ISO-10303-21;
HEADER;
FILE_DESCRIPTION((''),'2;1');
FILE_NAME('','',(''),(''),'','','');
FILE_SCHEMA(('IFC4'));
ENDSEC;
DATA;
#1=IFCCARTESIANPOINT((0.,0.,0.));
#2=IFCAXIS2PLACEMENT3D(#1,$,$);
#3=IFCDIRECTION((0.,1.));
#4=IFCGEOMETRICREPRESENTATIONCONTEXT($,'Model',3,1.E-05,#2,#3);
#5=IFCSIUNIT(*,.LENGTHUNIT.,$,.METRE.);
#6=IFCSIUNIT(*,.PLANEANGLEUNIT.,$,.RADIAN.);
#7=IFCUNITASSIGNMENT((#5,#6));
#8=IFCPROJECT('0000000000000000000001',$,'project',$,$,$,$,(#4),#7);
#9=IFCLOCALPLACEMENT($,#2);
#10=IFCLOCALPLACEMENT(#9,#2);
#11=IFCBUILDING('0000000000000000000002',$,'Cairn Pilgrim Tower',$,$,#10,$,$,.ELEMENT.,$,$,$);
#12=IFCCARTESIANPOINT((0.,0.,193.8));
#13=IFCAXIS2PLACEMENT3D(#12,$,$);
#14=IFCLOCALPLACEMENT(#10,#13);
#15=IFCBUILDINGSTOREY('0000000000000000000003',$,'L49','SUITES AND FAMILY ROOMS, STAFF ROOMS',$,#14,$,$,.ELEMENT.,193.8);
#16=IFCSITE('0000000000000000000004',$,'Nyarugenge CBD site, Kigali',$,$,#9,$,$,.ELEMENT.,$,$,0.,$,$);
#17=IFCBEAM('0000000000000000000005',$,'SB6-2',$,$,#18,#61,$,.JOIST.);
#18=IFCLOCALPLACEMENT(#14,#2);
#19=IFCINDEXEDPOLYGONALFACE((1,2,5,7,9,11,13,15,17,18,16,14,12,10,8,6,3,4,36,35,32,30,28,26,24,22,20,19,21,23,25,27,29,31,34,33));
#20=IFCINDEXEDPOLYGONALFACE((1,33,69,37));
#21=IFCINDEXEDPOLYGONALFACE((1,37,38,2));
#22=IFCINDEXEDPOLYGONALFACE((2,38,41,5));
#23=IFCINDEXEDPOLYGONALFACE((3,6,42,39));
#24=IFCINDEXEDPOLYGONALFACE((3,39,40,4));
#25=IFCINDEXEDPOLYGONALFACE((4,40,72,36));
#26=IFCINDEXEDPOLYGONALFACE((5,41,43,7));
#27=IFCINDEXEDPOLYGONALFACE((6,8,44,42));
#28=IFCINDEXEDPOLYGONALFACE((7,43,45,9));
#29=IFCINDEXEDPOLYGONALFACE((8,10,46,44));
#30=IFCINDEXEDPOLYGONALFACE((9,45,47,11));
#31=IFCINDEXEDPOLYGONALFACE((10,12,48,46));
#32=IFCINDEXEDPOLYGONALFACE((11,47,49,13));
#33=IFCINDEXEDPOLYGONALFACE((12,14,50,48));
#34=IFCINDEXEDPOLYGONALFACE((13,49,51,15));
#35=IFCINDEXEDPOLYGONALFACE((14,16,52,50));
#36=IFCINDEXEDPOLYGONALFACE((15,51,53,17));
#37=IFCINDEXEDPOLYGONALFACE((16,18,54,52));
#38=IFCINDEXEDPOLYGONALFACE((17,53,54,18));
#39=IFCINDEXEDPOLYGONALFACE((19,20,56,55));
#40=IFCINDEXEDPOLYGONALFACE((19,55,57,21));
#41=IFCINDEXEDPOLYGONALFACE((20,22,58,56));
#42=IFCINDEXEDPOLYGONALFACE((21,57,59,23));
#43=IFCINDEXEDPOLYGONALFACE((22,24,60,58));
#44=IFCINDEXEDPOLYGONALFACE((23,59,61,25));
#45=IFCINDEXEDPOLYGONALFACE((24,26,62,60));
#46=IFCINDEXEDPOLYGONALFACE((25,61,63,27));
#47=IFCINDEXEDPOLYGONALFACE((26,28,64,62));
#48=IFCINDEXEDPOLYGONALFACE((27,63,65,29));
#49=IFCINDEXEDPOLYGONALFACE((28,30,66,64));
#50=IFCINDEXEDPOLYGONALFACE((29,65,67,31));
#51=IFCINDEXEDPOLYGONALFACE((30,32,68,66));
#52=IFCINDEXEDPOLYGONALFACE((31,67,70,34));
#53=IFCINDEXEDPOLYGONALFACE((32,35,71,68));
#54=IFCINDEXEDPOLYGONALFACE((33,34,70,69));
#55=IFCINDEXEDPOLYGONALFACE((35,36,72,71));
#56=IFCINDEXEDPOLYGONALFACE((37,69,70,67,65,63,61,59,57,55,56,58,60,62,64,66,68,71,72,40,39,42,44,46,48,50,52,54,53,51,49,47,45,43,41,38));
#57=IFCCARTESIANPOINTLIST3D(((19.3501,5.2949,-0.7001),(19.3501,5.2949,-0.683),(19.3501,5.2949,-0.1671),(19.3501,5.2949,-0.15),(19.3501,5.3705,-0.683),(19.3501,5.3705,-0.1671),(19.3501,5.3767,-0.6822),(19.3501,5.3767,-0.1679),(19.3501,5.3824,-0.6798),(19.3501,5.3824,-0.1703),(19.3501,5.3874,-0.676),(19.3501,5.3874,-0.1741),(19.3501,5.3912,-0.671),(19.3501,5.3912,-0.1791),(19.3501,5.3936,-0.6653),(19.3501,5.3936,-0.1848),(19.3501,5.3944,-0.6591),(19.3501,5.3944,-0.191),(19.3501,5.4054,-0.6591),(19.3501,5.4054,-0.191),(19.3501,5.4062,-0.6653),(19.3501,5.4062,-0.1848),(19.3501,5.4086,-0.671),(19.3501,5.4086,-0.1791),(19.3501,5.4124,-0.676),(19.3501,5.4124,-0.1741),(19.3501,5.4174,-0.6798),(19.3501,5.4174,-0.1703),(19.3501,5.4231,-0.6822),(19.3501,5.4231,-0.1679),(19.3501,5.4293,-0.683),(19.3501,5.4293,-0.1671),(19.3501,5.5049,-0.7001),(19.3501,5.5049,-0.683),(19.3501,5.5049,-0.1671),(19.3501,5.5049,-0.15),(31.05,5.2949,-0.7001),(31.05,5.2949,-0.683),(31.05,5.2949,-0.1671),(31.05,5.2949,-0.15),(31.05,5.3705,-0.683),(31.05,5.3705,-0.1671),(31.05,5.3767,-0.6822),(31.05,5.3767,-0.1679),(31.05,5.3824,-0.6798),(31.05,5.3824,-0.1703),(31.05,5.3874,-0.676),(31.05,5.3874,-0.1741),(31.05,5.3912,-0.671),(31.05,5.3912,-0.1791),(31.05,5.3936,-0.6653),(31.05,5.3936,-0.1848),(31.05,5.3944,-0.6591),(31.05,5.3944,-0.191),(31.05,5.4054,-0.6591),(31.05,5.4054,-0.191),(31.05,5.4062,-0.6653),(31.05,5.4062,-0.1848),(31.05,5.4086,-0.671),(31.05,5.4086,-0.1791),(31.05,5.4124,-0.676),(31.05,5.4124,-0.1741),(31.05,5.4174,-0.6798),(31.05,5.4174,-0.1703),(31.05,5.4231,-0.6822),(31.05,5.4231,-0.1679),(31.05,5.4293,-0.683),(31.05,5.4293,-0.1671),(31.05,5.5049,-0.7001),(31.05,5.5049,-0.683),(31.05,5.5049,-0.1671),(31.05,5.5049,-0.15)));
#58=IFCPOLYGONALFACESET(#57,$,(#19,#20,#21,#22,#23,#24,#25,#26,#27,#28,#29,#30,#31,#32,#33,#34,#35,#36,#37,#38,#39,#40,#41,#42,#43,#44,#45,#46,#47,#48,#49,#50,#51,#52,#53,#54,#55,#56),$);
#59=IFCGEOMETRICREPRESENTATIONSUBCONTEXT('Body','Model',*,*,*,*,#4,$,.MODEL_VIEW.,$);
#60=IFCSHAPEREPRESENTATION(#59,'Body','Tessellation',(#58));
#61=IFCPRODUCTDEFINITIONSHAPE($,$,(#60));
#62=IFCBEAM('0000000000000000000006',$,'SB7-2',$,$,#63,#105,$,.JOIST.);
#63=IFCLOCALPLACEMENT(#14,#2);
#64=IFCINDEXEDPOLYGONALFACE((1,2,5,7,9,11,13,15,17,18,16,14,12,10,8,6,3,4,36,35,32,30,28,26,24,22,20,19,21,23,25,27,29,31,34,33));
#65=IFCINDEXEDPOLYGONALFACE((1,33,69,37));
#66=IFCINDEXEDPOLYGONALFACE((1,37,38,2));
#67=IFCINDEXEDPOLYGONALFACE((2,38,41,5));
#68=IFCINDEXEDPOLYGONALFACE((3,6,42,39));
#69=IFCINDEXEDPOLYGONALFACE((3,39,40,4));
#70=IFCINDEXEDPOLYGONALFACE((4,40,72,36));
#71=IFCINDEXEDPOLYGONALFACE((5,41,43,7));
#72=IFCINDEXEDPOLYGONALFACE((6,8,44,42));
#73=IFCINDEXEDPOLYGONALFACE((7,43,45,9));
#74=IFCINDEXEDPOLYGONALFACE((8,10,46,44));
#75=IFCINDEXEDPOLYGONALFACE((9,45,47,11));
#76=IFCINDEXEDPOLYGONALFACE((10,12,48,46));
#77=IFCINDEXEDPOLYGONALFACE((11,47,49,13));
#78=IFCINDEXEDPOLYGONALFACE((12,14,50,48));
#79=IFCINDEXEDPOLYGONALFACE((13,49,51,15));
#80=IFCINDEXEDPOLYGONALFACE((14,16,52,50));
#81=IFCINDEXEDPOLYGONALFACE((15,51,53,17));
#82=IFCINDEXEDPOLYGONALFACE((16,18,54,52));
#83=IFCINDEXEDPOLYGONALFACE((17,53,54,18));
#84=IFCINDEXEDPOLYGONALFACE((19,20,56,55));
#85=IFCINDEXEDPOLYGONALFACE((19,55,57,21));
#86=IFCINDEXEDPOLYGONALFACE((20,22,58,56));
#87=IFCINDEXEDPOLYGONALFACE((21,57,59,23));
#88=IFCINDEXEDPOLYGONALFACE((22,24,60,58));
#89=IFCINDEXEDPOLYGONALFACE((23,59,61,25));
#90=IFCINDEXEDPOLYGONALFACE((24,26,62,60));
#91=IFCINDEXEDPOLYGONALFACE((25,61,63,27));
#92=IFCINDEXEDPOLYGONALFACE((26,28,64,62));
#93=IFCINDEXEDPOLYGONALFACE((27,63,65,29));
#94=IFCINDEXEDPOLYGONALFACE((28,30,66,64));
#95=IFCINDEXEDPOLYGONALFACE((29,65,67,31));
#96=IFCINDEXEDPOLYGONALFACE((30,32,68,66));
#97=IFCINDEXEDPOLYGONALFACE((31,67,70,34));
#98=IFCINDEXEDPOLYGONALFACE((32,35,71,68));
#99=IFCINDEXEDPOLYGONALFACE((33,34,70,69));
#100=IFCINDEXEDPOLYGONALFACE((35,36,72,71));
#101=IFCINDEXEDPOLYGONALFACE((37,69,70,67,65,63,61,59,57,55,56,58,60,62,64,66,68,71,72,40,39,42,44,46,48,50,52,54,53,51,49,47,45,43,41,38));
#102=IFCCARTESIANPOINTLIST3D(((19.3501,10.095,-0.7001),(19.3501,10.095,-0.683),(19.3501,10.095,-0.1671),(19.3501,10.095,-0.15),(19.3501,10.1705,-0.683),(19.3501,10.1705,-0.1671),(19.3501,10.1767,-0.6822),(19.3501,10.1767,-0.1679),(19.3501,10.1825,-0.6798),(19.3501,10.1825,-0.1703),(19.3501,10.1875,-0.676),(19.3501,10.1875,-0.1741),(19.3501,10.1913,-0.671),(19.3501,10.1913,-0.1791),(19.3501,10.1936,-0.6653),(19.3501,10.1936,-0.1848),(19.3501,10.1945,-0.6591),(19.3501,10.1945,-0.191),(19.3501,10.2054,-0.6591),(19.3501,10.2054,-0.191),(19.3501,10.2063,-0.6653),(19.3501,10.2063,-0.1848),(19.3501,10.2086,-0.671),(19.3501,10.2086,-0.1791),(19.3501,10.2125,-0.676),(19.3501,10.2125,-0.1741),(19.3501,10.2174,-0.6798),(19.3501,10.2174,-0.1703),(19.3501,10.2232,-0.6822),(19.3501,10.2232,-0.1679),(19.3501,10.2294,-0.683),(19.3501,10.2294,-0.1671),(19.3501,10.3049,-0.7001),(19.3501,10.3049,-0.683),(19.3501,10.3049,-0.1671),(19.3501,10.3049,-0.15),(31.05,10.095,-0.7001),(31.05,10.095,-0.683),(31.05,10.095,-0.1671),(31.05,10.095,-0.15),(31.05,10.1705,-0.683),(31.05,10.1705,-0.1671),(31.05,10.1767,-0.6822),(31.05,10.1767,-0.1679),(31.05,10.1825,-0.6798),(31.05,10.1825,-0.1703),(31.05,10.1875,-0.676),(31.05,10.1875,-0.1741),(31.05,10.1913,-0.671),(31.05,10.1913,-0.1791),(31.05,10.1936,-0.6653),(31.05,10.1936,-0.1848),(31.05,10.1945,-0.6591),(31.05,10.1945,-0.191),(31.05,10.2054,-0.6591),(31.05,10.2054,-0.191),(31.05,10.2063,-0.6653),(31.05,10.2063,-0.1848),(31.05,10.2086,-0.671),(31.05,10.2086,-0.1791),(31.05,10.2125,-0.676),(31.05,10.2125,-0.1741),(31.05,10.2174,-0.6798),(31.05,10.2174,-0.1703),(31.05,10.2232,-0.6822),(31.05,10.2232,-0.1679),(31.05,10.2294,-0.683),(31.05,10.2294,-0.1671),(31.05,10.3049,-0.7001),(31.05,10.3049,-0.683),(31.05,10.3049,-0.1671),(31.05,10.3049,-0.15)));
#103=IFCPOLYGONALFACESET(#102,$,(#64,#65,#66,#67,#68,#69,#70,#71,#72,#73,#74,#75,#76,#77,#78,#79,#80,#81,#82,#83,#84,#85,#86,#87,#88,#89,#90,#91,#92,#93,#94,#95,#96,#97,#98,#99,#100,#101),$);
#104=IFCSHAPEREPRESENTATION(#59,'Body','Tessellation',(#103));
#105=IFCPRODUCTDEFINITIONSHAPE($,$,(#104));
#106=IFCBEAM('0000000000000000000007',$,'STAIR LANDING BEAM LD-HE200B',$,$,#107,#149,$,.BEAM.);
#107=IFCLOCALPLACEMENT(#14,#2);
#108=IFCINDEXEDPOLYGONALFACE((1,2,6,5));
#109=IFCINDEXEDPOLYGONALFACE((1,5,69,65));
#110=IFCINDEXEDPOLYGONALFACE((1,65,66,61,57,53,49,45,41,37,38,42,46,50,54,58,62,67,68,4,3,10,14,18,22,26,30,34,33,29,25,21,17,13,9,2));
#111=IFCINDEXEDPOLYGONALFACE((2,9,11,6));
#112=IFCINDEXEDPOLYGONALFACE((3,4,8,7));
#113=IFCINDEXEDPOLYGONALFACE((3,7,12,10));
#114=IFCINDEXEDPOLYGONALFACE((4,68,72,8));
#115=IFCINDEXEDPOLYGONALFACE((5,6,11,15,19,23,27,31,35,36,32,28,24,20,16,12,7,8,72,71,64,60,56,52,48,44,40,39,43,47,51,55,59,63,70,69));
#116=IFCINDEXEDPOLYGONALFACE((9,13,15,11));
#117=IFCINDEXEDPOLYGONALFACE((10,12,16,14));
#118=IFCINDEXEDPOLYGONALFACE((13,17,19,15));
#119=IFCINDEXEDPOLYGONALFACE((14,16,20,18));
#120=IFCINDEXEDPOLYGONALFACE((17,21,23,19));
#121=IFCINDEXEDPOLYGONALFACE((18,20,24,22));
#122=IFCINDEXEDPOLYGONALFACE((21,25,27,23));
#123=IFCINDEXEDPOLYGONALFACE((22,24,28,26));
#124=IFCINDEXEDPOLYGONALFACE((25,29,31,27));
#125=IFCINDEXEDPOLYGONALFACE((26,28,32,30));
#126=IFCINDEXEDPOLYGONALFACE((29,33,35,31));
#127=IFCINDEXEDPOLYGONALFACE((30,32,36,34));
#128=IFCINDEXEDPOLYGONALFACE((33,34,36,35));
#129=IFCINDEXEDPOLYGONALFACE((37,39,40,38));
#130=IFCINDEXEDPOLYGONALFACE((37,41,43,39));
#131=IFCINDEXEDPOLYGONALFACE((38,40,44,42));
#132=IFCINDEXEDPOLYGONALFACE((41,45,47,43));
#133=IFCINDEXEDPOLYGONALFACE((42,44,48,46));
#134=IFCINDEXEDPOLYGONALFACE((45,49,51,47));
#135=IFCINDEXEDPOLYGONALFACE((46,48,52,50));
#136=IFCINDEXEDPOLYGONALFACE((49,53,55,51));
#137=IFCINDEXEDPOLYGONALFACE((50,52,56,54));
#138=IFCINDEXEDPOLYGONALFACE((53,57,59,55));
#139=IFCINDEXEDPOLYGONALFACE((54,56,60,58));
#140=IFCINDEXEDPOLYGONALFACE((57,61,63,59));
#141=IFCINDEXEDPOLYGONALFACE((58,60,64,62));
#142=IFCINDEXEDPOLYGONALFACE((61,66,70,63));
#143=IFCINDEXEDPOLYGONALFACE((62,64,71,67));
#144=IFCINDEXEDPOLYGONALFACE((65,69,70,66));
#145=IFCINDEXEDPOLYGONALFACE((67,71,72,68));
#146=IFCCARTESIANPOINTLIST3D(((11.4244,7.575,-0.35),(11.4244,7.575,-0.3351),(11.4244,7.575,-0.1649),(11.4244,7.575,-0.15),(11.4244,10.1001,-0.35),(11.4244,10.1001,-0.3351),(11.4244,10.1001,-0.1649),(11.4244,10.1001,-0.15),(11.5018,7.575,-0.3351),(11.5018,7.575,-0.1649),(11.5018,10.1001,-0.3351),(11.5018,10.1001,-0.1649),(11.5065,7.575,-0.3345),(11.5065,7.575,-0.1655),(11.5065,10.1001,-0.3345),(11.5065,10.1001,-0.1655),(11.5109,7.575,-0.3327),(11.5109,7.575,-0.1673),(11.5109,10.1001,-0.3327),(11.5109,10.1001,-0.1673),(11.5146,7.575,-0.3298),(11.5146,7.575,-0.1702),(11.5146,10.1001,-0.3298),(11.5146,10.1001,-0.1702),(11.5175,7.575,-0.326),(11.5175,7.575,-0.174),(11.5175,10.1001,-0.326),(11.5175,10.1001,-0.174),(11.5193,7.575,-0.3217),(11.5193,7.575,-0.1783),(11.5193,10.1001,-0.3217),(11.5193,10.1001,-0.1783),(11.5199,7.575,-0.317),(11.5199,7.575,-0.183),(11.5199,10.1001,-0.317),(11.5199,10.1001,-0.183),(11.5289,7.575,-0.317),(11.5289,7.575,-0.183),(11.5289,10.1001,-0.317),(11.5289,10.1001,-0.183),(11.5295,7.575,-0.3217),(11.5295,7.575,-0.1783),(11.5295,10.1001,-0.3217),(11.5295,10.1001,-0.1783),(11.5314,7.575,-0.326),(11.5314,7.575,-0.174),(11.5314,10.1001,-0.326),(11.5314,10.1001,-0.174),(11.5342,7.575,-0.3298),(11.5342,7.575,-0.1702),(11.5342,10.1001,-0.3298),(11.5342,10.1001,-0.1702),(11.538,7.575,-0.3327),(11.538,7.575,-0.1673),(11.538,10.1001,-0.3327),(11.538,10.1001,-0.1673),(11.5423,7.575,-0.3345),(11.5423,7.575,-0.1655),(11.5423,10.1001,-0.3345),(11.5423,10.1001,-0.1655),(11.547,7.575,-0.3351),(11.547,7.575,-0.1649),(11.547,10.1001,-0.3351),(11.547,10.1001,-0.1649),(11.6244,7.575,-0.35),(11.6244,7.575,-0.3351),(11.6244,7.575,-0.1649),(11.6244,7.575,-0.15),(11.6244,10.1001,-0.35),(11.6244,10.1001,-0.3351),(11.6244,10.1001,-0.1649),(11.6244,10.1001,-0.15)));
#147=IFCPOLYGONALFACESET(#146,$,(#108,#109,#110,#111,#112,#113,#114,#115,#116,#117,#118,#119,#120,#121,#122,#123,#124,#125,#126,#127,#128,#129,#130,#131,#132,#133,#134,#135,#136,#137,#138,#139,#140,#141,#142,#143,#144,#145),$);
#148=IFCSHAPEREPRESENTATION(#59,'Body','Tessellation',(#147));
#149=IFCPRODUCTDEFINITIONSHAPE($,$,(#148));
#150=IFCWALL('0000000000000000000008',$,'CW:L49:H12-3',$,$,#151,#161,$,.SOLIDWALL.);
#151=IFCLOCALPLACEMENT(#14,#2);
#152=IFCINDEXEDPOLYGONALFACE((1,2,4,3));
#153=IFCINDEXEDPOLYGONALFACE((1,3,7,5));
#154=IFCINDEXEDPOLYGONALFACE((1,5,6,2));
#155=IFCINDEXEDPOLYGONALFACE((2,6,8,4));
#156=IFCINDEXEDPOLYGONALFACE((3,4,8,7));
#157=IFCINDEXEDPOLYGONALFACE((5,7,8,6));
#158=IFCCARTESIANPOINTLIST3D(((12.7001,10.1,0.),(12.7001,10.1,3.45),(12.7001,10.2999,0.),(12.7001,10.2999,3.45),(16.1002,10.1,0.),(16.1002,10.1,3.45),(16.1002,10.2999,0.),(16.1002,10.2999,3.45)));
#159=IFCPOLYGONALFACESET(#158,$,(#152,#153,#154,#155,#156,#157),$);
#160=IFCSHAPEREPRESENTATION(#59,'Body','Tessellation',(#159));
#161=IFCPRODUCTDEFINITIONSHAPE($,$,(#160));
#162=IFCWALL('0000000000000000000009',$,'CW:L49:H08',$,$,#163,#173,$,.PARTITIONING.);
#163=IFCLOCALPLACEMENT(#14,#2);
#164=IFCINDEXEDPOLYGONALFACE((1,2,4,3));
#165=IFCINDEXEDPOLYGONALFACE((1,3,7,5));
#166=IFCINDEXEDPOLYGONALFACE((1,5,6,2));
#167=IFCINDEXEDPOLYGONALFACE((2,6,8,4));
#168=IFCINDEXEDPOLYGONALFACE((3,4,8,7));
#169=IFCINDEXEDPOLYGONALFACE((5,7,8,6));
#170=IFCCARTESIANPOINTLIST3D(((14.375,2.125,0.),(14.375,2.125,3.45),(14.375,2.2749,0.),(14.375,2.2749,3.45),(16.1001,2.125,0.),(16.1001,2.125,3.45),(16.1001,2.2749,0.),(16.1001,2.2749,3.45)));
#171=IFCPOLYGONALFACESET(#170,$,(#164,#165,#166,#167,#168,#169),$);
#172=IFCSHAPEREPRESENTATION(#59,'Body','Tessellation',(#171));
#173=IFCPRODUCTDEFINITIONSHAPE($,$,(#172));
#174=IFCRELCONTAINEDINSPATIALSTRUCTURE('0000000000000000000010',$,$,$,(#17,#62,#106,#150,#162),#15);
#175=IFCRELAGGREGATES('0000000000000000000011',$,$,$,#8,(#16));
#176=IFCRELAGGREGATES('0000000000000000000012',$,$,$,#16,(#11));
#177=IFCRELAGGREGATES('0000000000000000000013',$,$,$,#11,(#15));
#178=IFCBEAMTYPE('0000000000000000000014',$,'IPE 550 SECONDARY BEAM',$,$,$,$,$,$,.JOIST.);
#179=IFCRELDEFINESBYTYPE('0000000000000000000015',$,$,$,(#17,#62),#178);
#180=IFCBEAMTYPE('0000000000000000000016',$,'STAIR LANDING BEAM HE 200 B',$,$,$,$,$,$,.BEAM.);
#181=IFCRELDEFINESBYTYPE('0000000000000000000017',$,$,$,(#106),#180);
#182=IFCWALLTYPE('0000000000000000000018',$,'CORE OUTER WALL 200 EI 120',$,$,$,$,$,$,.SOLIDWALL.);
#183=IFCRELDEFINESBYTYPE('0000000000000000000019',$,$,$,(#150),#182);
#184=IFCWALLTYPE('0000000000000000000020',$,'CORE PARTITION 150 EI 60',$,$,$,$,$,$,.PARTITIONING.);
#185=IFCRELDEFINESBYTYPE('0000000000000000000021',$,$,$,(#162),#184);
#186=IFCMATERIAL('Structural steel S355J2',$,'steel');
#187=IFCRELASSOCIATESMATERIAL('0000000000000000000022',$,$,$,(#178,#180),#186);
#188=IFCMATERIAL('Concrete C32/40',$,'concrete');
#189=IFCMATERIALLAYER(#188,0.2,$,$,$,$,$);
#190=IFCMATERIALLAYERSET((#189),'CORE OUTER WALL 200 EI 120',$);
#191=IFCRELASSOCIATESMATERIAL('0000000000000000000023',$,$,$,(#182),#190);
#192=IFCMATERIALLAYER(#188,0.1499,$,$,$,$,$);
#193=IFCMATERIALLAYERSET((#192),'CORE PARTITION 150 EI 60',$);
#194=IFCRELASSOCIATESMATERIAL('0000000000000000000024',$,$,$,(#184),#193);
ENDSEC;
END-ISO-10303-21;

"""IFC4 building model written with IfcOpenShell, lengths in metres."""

from ifc_helpers import new_model, si_unit, direction, frame, frame_2d, origin, origin_2d, place, context, subcontext, project, spatial, rectangle, i_section, extrude, material, layer, layer_set, material_profile, profile_set, type_object, element, save


model = new_model("IFC4")

# Units and contexts
model_context = context("Model", 3, precision=1e-05, world=origin(), true_north=direction((0.0, 1.0)))
body_context = subcontext(model_context, "Body", "Model", "MODEL_VIEW")
ifc_project = project(units=[si_unit("LENGTHUNIT", "METRE"), si_unit("PLANEANGLEUNIT", "RADIAN")], contexts=[model_context])

# Site, building, storey
site_placement = place(None, origin())
site = spatial("IfcSite", under=ifc_project, at=site_placement, Name="Nyarugenge CBD site, Kigali", CompositionType="ELEMENT", RefElevation=0.0)
building_placement = place(site_placement, origin())
building = spatial("IfcBuilding", under=site, at=building_placement, Name="Cairn Pilgrim Tower", CompositionType="ELEMENT")
storey_placement = place(building_placement, frame((0.0, 0.0, 193.8)))
storey = spatial("IfcBuildingStorey", under=building, at=storey_placement, Name="L49", Description="SUITES AND FAMILY ROOMS, STAFF ROOMS", CompositionType="ELEMENT", Elevation=193.8)

# Shared definitions
ifc_material_1 = material(Name="Structural steel S355J2", Category="steel")

# Beams
ifc_material_profile_1 = material_profile(ifc_material_1, i_section(OverallWidth=0.21, OverallDepth=0.55, WebThickness=0.011, FlangeThickness=0.0171, FilletRadius=0.0239, at=origin_2d()), Name="IPE 550")
ifc_profile_set_1 = profile_set([ifc_material_profile_1], Name="Structural steel S355J2")
beam_type_1 = type_object("IfcBeamType", Name="IPE 550 SECONDARY BEAM", PredefinedType="JOIST", material=ifc_profile_set_1)
for number, where, z_axis, x_axis, name in (
    (1, (19.3501, 5.3999, -0.425), (1.0, 0.0, 0.0), (0.0, 1.0, 0.0), "SB6-2"),
    (2, (19.3501, 10.2, -0.425), (1.0, 0.0, 0.0), (0.0, 1.0, 0.0), "SB7-2"),
):
    element("IfcBeam", number, at=place(storey_placement, frame(where, z_axis=z_axis, x_axis=x_axis)), inside=storey, type_object=beam_type_1, Name=name, PredefinedType="JOIST", context=body_context, shape_type="SweptSolid", body=[
        extrude(i_section(OverallWidth=0.21, OverallDepth=0.55, WebThickness=0.011, FlangeThickness=0.0171, FilletRadius=0.0239, at=origin_2d()), origin(), (0.0, 0.0, 1.0), 11.7),
    ])
ifc_material_profile_2 = material_profile(ifc_material_1, i_section(OverallWidth=0.2, OverallDepth=0.2, WebThickness=0.009, FlangeThickness=0.0149, FilletRadius=0.0181, at=origin_2d()), Name="HE 200 B")
ifc_profile_set_2 = profile_set([ifc_material_profile_2], Name="Structural steel S355J2")
beam_type_2 = type_object("IfcBeamType", Name="STAIR LANDING BEAM HE 200 B", PredefinedType="BEAM", material=ifc_profile_set_2)
beam_1_placement = place(storey_placement, frame((11.5244, 10.1001, -0.25), z_axis=(0.0, -1.0, 0.0), x_axis=(1.0, 0.0, 0.0)))
element("IfcBeam", 3, at=beam_1_placement, inside=storey, type_object=beam_type_2, Name="STAIR LANDING BEAM LD-HE200B", PredefinedType="BEAM", context=body_context, shape_type="SweptSolid", body=[
    extrude(i_section(OverallWidth=0.2, OverallDepth=0.2, WebThickness=0.009, FlangeThickness=0.0149, FilletRadius=0.0181, at=origin_2d()), origin(), (0.0, 0.0, 1.0), 2.5251),
])

# Walls
ifc_material_2 = material(Name="Concrete C32/40", Category="concrete")
ifc_layer_1 = layer(ifc_material_2, 0.2)
ifc_layer_set_1 = layer_set([ifc_layer_1], Name="CORE OUTER WALL 200 EI 120")
wall_type_1 = type_object("IfcWallType", Name="CORE OUTER WALL 200 EI 120", PredefinedType="SOLIDWALL", material=ifc_layer_set_1)
wall_1_placement = place(storey_placement, frame((12.7, 10.2, 0.0), z_axis=(0.0, 0.0, 1.0), x_axis=(1.0, 0.0, 0.0)))
element("IfcWall", 4, at=wall_1_placement, inside=storey, type_object=wall_type_1, Name="CW:L49:H12-3", PredefinedType="SOLIDWALL", context=body_context, shape_type="SweptSolid", body=[
    extrude(rectangle(XDim=3.4001, YDim=0.2, at=frame_2d((1.7002, 0.0))), origin(), (0.0, 0.0, 1.0), 3.45),
])
ifc_layer_2 = layer(ifc_material_2, 0.1499)
ifc_layer_set_2 = layer_set([ifc_layer_2], Name="CORE PARTITION 150 EI 60")
wall_type_2 = type_object("IfcWallType", Name="CORE PARTITION 150 EI 60", PredefinedType="PARTITIONING", material=ifc_layer_set_2)
wall_2_placement = place(storey_placement, frame((14.375, 2.2, 0.0), z_axis=(0.0, 0.0, 1.0), x_axis=(1.0, 0.0, 0.0)))
element("IfcWall", 5, at=wall_2_placement, inside=storey, type_object=wall_type_2, Name="CW:L49:H08", PredefinedType="PARTITIONING", context=body_context, shape_type="SweptSolid", body=[
    extrude(rectangle(XDim=1.7251, YDim=0.1499, at=frame_2d((0.8625, 0.0))), origin(), (0.0, 0.0, 1.0), 3.45),
])

save(model, "model.ifc")
